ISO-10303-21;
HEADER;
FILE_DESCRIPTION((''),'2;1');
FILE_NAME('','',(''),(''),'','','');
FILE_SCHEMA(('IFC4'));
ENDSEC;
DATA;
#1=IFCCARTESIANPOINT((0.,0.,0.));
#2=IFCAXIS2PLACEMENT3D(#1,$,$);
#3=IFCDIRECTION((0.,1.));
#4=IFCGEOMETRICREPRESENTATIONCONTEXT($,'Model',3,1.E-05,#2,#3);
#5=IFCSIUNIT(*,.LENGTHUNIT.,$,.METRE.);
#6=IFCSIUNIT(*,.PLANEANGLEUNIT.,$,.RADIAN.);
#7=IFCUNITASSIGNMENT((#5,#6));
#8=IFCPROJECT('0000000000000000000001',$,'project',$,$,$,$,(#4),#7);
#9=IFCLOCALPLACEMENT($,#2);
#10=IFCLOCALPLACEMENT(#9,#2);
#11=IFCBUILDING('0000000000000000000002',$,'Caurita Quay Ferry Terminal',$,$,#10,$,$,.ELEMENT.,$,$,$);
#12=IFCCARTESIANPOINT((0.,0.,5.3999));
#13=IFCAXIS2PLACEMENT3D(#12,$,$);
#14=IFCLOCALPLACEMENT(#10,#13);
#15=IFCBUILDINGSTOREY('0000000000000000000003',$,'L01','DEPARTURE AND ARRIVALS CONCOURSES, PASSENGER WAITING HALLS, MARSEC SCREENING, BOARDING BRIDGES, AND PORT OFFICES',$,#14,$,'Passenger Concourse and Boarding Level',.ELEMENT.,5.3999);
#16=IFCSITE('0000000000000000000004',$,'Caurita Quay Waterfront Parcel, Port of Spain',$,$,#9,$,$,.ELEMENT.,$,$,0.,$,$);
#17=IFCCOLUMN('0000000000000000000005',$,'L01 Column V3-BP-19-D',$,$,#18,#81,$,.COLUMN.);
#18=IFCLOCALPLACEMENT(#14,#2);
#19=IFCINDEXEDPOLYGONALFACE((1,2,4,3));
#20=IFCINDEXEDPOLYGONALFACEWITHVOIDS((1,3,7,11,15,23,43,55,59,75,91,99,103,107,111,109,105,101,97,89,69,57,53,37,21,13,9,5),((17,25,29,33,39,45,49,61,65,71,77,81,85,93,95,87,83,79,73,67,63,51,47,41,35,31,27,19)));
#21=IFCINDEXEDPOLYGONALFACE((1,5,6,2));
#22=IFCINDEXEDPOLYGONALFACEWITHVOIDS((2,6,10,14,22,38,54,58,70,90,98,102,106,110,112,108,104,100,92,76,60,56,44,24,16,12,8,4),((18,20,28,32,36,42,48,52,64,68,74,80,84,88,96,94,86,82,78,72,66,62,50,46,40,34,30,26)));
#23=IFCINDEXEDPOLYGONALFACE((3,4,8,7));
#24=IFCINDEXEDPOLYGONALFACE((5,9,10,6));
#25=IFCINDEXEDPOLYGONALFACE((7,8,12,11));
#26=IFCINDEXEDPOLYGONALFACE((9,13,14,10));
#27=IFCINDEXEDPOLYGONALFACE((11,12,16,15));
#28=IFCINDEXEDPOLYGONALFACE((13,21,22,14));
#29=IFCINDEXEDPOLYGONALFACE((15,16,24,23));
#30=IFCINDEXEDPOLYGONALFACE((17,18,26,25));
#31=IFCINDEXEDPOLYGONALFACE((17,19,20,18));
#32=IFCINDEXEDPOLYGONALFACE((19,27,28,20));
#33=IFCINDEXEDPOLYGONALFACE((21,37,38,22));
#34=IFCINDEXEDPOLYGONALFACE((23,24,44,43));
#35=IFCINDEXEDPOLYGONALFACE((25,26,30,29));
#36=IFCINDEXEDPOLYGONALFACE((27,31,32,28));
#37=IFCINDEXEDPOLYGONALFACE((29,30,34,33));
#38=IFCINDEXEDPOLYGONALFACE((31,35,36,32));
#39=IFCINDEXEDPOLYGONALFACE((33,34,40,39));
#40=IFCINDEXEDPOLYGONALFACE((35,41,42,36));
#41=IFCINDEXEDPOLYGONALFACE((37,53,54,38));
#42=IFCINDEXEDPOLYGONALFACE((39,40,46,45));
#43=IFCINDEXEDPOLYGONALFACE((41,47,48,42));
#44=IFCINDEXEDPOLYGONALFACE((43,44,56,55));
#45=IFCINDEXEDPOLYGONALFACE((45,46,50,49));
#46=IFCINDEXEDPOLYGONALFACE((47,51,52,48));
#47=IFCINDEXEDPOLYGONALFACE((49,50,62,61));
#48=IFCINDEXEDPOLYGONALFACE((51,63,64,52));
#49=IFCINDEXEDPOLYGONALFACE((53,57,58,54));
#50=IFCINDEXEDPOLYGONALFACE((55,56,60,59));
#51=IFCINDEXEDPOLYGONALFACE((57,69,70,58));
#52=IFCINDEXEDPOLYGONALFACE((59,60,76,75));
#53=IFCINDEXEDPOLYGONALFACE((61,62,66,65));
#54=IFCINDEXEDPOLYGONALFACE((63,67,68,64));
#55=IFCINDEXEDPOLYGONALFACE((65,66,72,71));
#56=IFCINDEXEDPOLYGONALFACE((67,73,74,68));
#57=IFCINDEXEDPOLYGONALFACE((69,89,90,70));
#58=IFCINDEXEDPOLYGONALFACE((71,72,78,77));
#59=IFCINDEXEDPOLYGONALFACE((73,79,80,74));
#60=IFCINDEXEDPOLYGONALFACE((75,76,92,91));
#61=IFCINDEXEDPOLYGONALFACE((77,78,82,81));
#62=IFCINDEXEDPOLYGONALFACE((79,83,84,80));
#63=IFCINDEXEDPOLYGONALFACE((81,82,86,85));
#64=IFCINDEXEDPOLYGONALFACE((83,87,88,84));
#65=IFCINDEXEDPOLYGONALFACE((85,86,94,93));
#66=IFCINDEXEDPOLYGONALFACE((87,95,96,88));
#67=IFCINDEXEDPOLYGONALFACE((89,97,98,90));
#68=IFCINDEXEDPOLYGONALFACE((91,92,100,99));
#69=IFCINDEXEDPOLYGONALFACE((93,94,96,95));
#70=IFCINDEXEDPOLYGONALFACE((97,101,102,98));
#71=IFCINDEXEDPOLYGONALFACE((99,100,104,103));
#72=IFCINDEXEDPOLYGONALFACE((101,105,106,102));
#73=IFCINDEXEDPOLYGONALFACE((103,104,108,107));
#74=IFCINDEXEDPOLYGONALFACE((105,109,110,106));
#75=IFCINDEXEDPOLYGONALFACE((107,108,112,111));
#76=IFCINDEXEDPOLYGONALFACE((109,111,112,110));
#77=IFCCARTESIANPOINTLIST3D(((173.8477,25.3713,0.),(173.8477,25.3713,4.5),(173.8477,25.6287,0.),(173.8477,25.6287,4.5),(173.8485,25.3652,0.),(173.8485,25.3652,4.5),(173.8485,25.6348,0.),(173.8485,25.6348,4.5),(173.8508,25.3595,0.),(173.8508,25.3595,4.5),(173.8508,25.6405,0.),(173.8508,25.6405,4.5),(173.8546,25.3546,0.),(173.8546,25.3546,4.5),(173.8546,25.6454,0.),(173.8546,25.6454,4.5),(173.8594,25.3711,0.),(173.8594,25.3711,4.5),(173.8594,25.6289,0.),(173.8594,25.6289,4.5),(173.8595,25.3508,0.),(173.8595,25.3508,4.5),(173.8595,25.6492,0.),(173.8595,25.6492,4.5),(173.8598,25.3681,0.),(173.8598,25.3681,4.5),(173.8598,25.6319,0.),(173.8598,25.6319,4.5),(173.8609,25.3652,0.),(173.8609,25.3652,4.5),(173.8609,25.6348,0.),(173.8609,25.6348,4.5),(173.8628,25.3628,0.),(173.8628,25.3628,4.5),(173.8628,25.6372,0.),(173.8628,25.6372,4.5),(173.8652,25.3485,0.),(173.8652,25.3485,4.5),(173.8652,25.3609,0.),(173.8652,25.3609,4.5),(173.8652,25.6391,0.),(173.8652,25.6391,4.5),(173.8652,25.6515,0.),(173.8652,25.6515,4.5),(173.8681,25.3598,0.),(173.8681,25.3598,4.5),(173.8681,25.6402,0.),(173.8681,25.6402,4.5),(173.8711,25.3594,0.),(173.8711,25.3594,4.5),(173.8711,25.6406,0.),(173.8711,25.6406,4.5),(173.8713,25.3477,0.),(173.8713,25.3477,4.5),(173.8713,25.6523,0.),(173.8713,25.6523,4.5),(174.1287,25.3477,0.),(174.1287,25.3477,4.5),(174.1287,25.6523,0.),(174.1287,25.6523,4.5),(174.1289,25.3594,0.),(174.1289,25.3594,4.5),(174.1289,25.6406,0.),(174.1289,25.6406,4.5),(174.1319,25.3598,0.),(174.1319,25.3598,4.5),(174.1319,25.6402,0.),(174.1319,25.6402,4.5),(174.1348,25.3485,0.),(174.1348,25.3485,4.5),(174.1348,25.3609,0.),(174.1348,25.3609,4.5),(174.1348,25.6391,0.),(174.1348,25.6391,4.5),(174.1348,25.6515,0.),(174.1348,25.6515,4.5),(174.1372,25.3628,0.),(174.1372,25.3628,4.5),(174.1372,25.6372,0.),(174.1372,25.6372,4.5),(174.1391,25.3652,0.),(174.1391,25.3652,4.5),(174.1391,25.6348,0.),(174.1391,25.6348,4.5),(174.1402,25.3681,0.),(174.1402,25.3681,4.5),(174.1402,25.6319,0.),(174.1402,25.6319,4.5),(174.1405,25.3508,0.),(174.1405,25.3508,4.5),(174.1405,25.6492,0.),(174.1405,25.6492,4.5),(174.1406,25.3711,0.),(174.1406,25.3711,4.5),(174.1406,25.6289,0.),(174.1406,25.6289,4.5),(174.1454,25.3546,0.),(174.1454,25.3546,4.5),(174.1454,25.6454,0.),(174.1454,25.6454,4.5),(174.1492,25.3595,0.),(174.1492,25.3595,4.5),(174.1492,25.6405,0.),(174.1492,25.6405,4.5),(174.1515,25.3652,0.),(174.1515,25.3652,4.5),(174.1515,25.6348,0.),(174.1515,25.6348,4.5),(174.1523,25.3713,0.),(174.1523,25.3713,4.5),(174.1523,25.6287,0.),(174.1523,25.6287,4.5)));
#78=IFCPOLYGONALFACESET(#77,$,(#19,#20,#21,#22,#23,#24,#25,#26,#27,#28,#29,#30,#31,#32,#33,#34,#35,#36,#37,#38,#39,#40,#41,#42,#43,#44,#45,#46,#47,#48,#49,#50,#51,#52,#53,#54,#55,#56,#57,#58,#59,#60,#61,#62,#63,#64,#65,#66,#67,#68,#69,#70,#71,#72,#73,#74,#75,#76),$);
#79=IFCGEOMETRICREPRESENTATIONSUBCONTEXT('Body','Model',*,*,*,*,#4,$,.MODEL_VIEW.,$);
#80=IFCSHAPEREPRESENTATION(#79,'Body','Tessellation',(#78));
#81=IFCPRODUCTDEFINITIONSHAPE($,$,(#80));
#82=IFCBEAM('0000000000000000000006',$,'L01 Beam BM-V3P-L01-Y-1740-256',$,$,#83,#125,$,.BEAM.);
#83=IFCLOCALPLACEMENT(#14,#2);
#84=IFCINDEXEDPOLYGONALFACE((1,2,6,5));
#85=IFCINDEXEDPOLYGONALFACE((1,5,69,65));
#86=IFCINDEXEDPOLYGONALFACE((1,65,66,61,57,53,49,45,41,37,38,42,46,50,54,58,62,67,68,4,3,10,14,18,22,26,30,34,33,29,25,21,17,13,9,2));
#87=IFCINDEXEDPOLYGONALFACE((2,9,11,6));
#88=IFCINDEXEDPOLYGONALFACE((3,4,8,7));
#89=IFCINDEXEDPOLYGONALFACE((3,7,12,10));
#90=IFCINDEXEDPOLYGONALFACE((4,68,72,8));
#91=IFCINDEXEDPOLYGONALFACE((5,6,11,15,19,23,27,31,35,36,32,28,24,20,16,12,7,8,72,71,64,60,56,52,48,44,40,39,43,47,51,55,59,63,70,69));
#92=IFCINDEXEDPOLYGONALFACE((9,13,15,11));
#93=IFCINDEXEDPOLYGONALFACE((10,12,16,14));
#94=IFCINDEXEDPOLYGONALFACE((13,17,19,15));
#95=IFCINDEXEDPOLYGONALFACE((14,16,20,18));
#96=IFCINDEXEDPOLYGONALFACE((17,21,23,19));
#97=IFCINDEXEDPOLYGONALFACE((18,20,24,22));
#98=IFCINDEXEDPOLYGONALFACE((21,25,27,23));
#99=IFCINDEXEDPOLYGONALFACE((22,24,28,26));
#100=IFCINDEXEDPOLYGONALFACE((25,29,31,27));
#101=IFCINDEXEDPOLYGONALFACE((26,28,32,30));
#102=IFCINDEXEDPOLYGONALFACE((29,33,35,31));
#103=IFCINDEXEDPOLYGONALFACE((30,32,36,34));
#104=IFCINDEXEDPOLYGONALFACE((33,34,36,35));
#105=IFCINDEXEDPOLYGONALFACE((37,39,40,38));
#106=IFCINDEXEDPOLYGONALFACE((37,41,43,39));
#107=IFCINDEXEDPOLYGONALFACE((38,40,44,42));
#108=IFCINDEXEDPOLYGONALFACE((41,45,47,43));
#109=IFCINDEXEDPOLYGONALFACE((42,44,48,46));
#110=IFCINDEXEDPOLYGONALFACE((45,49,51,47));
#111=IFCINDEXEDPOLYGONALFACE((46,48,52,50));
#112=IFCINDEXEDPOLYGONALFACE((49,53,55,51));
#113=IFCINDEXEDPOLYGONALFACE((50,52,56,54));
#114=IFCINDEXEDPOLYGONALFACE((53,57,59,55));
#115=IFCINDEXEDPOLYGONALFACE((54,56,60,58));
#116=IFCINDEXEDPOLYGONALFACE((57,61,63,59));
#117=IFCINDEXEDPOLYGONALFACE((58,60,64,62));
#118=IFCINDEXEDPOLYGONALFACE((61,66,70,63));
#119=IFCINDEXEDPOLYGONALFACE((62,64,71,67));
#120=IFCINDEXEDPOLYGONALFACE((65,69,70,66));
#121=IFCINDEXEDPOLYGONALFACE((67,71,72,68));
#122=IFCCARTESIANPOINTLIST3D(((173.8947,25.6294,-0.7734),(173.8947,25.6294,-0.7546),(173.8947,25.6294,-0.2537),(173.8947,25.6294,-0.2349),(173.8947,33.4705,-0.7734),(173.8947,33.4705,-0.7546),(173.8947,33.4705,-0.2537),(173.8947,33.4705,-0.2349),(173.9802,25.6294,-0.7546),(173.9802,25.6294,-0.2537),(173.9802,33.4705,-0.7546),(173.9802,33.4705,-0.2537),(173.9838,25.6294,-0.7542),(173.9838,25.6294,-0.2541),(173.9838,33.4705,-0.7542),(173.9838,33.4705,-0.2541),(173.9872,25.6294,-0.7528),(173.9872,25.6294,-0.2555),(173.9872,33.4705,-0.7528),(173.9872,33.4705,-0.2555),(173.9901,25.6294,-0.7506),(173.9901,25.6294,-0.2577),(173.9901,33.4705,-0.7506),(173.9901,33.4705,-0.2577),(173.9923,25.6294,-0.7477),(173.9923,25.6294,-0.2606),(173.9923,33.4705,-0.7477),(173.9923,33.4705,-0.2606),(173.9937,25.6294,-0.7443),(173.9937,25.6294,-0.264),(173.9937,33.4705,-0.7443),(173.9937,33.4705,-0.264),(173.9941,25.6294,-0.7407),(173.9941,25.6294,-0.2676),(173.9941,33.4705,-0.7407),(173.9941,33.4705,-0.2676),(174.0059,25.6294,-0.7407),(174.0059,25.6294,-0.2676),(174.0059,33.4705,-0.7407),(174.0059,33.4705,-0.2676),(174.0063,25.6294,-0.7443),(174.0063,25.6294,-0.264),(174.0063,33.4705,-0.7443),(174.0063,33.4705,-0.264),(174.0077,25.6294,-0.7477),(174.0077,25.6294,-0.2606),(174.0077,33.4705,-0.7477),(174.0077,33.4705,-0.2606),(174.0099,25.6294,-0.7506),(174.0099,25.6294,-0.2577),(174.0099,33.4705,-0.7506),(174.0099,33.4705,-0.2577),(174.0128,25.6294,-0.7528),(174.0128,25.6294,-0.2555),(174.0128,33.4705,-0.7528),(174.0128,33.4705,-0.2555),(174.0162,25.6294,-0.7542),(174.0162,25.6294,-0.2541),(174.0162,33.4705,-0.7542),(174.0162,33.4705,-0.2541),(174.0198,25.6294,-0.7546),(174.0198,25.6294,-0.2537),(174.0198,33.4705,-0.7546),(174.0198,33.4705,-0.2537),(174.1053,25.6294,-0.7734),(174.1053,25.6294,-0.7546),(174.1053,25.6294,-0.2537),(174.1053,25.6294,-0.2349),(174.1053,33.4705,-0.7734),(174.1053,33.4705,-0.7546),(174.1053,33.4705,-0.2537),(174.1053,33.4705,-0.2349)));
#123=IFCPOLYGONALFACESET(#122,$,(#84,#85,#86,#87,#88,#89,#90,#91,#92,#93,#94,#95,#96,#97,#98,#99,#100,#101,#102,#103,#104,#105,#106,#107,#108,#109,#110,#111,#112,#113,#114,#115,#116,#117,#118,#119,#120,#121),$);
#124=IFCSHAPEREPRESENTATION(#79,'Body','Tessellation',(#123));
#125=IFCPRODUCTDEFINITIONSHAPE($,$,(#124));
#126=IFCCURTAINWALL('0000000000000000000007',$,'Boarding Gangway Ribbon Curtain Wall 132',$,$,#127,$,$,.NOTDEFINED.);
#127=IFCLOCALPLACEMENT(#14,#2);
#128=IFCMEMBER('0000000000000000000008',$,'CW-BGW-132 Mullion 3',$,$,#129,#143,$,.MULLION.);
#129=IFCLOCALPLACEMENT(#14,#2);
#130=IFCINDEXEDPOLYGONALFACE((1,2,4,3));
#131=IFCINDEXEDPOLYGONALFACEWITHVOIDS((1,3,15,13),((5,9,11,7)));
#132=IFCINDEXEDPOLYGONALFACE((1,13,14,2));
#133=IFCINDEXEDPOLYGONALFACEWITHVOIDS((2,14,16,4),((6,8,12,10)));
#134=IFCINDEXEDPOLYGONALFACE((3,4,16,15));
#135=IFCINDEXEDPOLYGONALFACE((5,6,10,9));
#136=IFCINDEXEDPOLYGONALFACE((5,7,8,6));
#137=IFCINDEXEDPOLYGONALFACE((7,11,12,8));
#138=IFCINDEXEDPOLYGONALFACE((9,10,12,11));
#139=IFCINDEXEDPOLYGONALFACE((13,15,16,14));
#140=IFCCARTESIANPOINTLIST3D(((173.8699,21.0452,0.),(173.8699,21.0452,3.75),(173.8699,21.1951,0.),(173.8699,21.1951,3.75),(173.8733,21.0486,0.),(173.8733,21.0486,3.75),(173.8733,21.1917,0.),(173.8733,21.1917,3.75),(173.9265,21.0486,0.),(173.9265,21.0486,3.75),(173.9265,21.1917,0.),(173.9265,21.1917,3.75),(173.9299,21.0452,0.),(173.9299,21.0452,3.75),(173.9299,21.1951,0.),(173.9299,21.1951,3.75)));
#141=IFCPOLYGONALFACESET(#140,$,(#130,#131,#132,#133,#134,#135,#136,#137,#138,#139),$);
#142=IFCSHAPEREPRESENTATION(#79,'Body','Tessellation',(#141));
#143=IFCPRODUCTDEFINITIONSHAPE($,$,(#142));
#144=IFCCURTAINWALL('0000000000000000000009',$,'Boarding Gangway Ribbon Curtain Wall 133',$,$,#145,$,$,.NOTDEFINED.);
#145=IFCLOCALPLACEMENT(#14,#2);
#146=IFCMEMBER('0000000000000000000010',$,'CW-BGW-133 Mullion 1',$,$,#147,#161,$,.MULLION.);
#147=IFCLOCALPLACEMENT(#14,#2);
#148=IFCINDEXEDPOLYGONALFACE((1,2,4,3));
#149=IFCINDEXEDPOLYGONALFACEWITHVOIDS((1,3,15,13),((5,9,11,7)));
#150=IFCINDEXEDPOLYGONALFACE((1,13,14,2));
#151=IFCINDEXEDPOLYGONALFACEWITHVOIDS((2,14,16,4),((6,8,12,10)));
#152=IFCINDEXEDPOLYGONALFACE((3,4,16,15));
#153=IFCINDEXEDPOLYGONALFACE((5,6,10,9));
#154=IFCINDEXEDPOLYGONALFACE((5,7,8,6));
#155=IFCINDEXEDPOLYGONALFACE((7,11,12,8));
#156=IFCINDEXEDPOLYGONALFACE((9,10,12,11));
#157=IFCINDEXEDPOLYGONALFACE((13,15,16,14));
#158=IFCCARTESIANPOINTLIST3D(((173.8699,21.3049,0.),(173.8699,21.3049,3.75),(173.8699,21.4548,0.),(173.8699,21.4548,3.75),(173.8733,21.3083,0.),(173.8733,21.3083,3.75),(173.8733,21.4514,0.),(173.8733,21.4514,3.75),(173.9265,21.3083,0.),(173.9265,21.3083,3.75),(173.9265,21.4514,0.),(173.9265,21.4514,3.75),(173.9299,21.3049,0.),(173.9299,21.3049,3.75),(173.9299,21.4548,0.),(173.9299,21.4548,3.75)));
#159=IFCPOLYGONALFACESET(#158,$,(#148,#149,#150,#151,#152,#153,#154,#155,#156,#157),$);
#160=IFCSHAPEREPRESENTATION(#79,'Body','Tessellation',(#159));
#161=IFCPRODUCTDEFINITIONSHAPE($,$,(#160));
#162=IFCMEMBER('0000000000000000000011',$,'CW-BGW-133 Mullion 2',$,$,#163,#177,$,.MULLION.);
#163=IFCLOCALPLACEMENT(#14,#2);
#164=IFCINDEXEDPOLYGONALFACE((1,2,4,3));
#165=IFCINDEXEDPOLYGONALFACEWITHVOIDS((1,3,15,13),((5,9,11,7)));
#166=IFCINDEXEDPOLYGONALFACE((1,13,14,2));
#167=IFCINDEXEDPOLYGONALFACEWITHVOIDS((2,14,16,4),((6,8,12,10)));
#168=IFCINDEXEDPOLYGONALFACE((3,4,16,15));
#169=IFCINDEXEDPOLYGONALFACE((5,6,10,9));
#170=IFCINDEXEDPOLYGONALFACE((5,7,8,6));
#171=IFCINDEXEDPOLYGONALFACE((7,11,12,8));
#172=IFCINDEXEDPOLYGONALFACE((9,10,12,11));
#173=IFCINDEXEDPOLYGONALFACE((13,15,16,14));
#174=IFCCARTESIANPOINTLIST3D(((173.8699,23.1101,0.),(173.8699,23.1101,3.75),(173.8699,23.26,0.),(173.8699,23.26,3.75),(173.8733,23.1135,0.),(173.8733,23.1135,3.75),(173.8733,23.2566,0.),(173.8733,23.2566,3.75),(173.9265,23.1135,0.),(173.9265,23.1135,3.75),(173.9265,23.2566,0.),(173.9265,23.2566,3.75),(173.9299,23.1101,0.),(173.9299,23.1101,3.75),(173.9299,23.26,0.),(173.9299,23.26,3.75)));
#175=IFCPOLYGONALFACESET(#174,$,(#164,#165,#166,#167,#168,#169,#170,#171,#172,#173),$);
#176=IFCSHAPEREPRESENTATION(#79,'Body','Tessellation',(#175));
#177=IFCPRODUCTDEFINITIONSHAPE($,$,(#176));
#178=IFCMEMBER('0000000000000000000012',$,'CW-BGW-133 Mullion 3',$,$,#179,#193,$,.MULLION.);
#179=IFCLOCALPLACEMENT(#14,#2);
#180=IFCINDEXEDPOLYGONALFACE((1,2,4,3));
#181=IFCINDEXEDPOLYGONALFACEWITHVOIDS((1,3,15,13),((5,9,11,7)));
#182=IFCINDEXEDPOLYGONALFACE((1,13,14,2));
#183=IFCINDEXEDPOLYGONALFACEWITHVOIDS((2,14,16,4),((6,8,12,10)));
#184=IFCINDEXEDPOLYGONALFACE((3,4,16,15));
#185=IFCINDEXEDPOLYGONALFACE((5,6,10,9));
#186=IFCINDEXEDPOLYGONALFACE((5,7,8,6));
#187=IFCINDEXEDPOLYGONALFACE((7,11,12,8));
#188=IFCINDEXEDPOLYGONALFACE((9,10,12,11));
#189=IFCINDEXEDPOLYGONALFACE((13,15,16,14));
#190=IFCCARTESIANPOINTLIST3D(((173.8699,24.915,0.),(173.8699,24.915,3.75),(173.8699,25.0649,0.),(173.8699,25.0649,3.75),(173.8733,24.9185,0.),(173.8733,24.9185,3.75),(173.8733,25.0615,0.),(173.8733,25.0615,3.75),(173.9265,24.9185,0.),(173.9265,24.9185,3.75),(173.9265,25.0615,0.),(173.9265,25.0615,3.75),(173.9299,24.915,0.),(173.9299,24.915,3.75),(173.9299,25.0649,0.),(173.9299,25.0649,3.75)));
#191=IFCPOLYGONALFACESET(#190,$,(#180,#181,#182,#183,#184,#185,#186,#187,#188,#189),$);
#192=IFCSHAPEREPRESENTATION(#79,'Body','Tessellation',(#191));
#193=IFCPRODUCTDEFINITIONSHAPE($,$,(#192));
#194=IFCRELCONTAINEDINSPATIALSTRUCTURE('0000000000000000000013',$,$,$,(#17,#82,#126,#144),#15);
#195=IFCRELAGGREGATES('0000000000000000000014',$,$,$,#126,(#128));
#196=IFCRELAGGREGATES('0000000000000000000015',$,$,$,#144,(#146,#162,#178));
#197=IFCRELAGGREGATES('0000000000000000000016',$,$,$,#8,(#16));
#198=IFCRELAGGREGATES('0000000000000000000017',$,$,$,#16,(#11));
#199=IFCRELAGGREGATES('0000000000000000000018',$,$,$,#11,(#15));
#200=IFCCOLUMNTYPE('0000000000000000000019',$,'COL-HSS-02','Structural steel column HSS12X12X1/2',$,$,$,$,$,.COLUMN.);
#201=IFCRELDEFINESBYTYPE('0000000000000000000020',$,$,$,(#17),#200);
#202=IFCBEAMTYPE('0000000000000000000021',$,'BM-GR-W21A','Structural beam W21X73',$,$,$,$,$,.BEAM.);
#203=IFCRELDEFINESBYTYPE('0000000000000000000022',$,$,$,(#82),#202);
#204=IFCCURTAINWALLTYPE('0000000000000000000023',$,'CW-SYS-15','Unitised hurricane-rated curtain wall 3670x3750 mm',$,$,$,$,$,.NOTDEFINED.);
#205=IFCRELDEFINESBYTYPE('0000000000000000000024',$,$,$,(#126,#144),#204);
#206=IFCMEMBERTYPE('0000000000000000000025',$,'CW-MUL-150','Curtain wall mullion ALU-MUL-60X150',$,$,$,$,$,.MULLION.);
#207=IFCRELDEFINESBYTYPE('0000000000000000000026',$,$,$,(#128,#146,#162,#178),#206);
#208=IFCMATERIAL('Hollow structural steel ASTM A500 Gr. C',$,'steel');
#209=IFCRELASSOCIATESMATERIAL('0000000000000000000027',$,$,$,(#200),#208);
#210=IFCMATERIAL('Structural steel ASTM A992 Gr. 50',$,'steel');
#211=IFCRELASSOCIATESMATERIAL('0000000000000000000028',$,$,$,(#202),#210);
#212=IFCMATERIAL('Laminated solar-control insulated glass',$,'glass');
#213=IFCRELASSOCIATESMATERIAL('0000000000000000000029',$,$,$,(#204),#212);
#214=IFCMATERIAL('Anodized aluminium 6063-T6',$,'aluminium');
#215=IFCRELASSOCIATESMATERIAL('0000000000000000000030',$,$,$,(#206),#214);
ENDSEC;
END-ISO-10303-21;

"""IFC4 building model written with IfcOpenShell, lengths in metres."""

from ifc_helpers import new_model, si_unit, direction, frame, origin, origin_2d, place, context, subcontext, project, spatial, hollow_rectangle, i_section, extrude, material, material_profile, profile_set, type_object, element, aggregate, save


model = new_model("IFC4")

# Units and contexts
model_context = context("Model", 3, precision=1e-05, world=origin(), true_north=direction((0.0, 1.0)))
body_context = subcontext(model_context, "Body", "Model", "MODEL_VIEW")
ifc_project = project(units=[si_unit("LENGTHUNIT", "METRE"), si_unit("PLANEANGLEUNIT", "RADIAN")], contexts=[model_context])

# Site, building, storey
site_placement = place(None, origin())
site = spatial("IfcSite", under=ifc_project, at=site_placement, Name="Caurita Quay Waterfront Parcel, Port of Spain", CompositionType="ELEMENT", RefElevation=0.0)
building_placement = place(site_placement, origin())
building = spatial("IfcBuilding", under=site, at=building_placement, Name="Caurita Quay Ferry Terminal", CompositionType="ELEMENT")
storey_placement = place(building_placement, frame((0.0, 0.0, 5.3999)))
storey = spatial("IfcBuildingStorey", under=building, at=storey_placement, Name="L01", Description="DEPARTURE AND ARRIVALS CONCOURSES, PASSENGER WAITING HALLS, MARSEC SCREENING, BOARDING BRIDGES, AND PORT OFFICES", LongName="Passenger Concourse and Boarding Level", CompositionType="ELEMENT", Elevation=5.3999)

# Column
ifc_material_1 = material(Name="Hollow structural steel ASTM A500 Gr. C", Category="steel")
ifc_material_profile_1 = material_profile(ifc_material_1, hollow_rectangle(XDim=0.3047, YDim=0.3047, WallThickness=0.0117, InnerFilletRadius=0.0117, OuterFilletRadius=0.0237, at=origin_2d()), Name="HSS12X12X1/2")
ifc_profile_set_1 = profile_set([ifc_material_profile_1], Name="Hollow structural steel ASTM A500 Gr. C")
column_type = type_object("IfcColumnType", Name="COL-HSS-02", Description="Structural steel column HSS12X12X1/2", PredefinedType="COLUMN", material=ifc_profile_set_1)
column_placement = place(storey_placement, frame((174.0, 25.5, 0.0), z_axis=(0.0, 0.0, 1.0), x_axis=(1.0, 0.0, 0.0)))
element("IfcColumn", 1, at=column_placement, inside=storey, type_object=column_type, Name="L01 Column V3-BP-19-D", PredefinedType="COLUMN", context=body_context, shape_type="SweptSolid", body=[
    extrude(hollow_rectangle(XDim=0.3047, YDim=0.3047, WallThickness=0.0117, InnerFilletRadius=0.0117, OuterFilletRadius=0.0237, at=origin_2d()), origin(), (0.0, 0.0, 1.0), 4.5),
])

# Beam
ifc_material_2 = material(Name="Structural steel ASTM A992 Gr. 50", Category="steel")
ifc_material_profile_2 = material_profile(ifc_material_2, i_section(OverallWidth=0.2107, OverallDepth=0.5386, WebThickness=0.0117, FlangeThickness=0.0188, FilletRadius=0.0139, at=origin_2d()), Name="W21X73")
ifc_profile_set_2 = profile_set([ifc_material_profile_2], Name="Structural steel ASTM A992 Gr. 50")
beam_type = type_object("IfcBeamType", Name="BM-GR-W21A", Description="Structural beam W21X73", PredefinedType="BEAM", material=ifc_profile_set_2)
beam_placement = place(storey_placement, frame((174.0, 25.6294, -0.5042), z_axis=(0.0, 1.0, 0.0), x_axis=(-1.0, 0.0, 0.0)))
element("IfcBeam", 2, at=beam_placement, inside=storey, type_object=beam_type, Name="L01 Beam BM-V3P-L01-Y-1740-256", PredefinedType="BEAM", context=body_context, shape_type="SweptSolid", body=[
    extrude(i_section(OverallWidth=0.2107, OverallDepth=0.5386, WebThickness=0.0117, FlangeThickness=0.0188, FilletRadius=0.0139, at=origin_2d()), origin(), (0.0, 0.0, 1.0), 7.8411),
])

# Curtain wall, member
ifc_material_3 = material(Name="Laminated solar-control insulated glass", Category="glass")
curtain_wall_type_1 = type_object("IfcCurtainWallType", Name="CW-SYS-15", Description="Unitised hurricane-rated curtain wall 3670x3750 mm", PredefinedType="NOTDEFINED", material=ifc_material_3)
curtain_wall_1_placement = place(storey_placement, origin())
curtain_wall_1 = element("IfcCurtainWall", 3, at=curtain_wall_1_placement, inside=storey, type_object=curtain_wall_type_1, Name="Boarding Gangway Ribbon Curtain Wall 132", PredefinedType="NOTDEFINED")
ifc_material_4 = material(Name="Anodized aluminium 6063-T6", Category="aluminium")
ifc_material_profile_3 = material_profile(ifc_material_4, hollow_rectangle(XDim=0.0601, YDim=0.1499, WallThickness=0.0034, at=origin_2d()), Name="ALU-MUL-60X150")
ifc_profile_set_3 = profile_set([ifc_material_profile_3], Name="Anodized aluminium 6063-T6")
member_type_1 = type_object("IfcMemberType", Name="CW-MUL-150", Description="Curtain wall mullion ALU-MUL-60X150", PredefinedType="MULLION", material=ifc_profile_set_3)
member_1_placement = place(storey_placement, frame((173.8999, 21.1201, 0.0), z_axis=(0.0, 0.0, 1.0), x_axis=(-1.0, 0.0, 0.0)))
member_1 = element("IfcMember", 4, at=member_1_placement, type_object=member_type_1, Name="CW-BGW-132 Mullion 3", PredefinedType="MULLION", context=body_context, shape_type="SweptSolid", body=[
    extrude(hollow_rectangle(XDim=0.0601, YDim=0.1499, WallThickness=0.0034, at=origin_2d()), origin(), (0.0, 0.0, 1.0), 3.75),
])

# Curtain wall, members
curtain_wall_2_placement = place(storey_placement, origin())
curtain_wall_2 = element("IfcCurtainWall", 5, at=curtain_wall_2_placement, inside=storey, type_object=curtain_wall_type_1, Name="Boarding Gangway Ribbon Curtain Wall 133", PredefinedType="NOTDEFINED")
member_2_placement = place(storey_placement, frame((173.8999, 21.3799, 0.0), z_axis=(0.0, 0.0, 1.0), x_axis=(-1.0, 0.0, 0.0)))
member_2 = element("IfcMember", 6, at=member_2_placement, type_object=member_type_1, Name="CW-BGW-133 Mullion 1", PredefinedType="MULLION", context=body_context, shape_type="SweptSolid", body=[
    extrude(hollow_rectangle(XDim=0.0601, YDim=0.1499, WallThickness=0.0034, at=origin_2d()), origin(), (0.0, 0.0, 1.0), 3.75),
])
member_3_placement = place(storey_placement, frame((173.8999, 23.1851, 0.0), z_axis=(0.0, 0.0, 1.0), x_axis=(-1.0, 0.0, 0.0)))
member_3 = element("IfcMember", 7, at=member_3_placement, type_object=member_type_1, Name="CW-BGW-133 Mullion 2", PredefinedType="MULLION", context=body_context, shape_type="SweptSolid", body=[
    extrude(hollow_rectangle(XDim=0.0601, YDim=0.1499, WallThickness=0.0034, at=origin_2d()), origin(), (0.0, 0.0, 1.0), 3.75),
])
member_4_placement = place(storey_placement, frame((173.8999, 24.99, 0.0), z_axis=(0.0, 0.0, 1.0), x_axis=(-1.0, 0.0, 0.0)))
member_4 = element("IfcMember", 8, at=member_4_placement, type_object=member_type_1, Name="CW-BGW-133 Mullion 3", PredefinedType="MULLION", context=body_context, shape_type="SweptSolid", body=[
    extrude(hollow_rectangle(XDim=0.0601, YDim=0.1499, WallThickness=0.0034, at=origin_2d()), origin(), (0.0, 0.0, 1.0), 3.75),
])

aggregate(curtain_wall_1, [member_1])
aggregate(curtain_wall_2, [member_2, member_3, member_4])

save(model, "model.ifc")
